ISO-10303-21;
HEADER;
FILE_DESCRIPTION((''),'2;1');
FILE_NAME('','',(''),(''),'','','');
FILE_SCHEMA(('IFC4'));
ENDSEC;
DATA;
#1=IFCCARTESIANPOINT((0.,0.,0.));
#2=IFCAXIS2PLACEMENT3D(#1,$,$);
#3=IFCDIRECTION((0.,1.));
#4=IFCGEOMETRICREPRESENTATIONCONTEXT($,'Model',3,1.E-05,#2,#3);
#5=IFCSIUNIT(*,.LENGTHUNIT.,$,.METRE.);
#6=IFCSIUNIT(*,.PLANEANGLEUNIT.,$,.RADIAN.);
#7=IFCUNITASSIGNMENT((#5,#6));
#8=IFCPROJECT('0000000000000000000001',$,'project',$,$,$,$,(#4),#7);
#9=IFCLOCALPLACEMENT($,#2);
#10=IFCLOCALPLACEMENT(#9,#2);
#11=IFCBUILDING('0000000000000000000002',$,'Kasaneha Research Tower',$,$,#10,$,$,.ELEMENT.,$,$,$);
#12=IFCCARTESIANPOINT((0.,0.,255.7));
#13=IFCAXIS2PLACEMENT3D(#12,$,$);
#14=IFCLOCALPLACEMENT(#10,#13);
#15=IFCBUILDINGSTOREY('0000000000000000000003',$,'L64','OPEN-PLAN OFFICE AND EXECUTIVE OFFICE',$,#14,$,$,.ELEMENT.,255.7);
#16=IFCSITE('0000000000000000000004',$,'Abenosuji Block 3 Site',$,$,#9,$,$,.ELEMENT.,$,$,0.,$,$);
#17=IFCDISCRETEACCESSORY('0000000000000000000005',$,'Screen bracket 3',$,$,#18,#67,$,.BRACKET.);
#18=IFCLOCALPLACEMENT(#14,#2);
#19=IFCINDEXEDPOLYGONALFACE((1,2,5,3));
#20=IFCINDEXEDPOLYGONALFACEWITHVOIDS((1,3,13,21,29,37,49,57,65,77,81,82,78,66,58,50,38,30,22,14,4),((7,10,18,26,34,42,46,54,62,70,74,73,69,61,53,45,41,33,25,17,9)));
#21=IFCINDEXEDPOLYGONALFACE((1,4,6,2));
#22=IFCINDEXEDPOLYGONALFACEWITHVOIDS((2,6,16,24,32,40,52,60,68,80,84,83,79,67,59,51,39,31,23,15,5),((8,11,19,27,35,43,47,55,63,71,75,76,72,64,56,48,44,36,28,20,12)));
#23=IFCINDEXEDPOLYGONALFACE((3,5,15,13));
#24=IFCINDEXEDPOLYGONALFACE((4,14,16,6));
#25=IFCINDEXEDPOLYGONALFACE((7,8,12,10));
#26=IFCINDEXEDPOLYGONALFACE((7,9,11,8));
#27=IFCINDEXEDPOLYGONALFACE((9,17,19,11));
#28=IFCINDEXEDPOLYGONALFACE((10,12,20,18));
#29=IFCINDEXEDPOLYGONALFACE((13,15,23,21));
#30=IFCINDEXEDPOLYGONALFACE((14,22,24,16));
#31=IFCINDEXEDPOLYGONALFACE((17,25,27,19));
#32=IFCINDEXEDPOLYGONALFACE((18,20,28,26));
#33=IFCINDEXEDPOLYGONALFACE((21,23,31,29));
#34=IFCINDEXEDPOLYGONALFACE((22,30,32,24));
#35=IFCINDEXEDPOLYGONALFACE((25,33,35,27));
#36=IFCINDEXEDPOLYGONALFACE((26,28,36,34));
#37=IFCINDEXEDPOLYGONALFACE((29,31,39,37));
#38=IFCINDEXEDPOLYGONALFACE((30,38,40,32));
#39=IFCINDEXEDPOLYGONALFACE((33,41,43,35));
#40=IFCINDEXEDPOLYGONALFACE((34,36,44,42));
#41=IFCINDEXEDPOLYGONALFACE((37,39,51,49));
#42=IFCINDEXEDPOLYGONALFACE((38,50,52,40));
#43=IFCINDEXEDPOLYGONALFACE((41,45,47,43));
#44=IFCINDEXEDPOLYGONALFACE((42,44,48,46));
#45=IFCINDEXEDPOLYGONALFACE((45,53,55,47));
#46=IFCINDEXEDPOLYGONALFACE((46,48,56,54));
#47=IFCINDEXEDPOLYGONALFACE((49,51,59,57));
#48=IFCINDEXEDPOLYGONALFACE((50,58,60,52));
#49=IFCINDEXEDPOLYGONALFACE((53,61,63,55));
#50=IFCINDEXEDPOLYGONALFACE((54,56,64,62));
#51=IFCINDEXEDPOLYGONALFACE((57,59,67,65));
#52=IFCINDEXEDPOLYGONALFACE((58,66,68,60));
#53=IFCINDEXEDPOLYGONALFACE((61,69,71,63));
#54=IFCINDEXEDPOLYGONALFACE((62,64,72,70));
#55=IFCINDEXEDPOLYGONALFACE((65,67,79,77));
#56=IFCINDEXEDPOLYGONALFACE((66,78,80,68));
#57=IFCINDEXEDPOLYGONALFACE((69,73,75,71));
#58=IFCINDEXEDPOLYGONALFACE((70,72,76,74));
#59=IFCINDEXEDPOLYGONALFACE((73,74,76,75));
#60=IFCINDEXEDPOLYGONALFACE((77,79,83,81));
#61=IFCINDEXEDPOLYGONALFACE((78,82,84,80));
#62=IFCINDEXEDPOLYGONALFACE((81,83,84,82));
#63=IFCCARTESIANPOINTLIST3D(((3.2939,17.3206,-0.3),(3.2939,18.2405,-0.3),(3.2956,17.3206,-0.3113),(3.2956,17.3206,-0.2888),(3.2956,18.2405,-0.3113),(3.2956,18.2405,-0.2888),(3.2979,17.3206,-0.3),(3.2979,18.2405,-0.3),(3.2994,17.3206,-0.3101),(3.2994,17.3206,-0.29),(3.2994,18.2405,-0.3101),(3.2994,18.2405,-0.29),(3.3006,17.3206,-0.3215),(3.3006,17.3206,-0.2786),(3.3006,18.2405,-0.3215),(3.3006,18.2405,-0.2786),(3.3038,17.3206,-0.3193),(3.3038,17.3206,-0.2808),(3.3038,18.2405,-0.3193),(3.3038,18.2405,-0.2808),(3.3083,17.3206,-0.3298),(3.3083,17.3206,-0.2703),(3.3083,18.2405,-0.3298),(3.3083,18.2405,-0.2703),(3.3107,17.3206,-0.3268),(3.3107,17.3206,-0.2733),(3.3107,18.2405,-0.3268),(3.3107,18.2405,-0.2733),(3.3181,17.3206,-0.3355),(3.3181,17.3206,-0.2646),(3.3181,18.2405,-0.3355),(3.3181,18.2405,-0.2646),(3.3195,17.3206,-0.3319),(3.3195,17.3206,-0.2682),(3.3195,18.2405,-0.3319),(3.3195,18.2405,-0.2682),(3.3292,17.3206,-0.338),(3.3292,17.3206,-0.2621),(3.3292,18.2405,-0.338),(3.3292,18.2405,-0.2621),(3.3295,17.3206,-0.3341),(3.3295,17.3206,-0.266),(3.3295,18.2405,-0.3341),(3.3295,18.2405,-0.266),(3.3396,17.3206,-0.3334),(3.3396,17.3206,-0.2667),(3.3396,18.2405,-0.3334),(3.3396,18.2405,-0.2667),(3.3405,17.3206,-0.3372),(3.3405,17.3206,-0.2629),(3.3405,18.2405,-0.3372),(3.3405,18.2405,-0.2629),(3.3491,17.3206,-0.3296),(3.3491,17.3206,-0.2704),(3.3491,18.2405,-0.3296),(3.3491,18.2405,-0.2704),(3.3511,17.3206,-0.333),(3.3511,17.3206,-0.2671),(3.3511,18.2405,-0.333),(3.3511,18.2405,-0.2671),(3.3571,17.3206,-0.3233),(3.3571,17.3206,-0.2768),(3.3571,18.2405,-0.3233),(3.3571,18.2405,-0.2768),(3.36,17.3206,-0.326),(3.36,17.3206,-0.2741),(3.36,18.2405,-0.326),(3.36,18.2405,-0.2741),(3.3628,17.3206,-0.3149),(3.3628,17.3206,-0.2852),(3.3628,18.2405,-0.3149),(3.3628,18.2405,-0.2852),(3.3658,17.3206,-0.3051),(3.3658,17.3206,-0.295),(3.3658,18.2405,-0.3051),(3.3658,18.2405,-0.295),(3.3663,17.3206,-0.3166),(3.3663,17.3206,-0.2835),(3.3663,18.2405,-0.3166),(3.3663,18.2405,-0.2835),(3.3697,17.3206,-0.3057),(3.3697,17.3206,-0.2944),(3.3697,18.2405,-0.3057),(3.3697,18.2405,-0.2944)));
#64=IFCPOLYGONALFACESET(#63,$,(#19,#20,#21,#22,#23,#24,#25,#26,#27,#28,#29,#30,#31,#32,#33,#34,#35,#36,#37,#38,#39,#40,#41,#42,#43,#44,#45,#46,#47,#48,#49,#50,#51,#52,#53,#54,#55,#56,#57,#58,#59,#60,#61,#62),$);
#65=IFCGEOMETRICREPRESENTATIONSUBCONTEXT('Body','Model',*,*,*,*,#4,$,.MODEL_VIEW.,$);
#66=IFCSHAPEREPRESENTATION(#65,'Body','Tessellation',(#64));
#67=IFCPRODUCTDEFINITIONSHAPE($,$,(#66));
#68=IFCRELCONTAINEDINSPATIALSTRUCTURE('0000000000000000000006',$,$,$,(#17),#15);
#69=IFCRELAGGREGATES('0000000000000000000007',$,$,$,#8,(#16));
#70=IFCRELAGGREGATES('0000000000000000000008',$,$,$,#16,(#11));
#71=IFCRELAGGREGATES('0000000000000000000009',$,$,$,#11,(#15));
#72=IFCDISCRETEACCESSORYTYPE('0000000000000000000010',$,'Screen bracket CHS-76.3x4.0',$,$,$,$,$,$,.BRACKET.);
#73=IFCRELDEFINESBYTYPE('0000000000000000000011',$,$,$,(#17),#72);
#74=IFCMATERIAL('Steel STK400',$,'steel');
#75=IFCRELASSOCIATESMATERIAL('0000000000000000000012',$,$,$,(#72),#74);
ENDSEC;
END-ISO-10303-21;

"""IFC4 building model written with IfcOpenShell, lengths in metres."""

from ifc_helpers import new_model, si_unit, direction, frame, origin, origin_2d, place, context, subcontext, project, spatial, hollow_circle, extrude, material, material_profile, profile_set, type_object, element, save


model = new_model("IFC4")

# Units and contexts
model_context = context("Model", 3, precision=1e-05, world=origin(), true_north=direction((0.0, 1.0)))
body_context = subcontext(model_context, "Body", "Model", "MODEL_VIEW")
ifc_project = project(units=[si_unit("LENGTHUNIT", "METRE"), si_unit("PLANEANGLEUNIT", "RADIAN")], contexts=[model_context])

# Site, building, storey
site_placement = place(None, origin())
site = spatial("IfcSite", under=ifc_project, at=site_placement, Name="Abenosuji Block 3 Site", CompositionType="ELEMENT", RefElevation=0.0)
building_placement = place(site_placement, origin())
building = spatial("IfcBuilding", under=site, at=building_placement, Name="Kasaneha Research Tower", CompositionType="ELEMENT")
storey_placement = place(building_placement, frame((0.0, 0.0, 255.7)))
storey = spatial("IfcBuildingStorey", under=building, at=storey_placement, Name="L64", Description="OPEN-PLAN OFFICE AND EXECUTIVE OFFICE", CompositionType="ELEMENT", Elevation=255.7)

# Discrete accessory
ifc_material_1 = material(Name="Steel STK400", Category="steel")
ifc_material_profile_1 = material_profile(ifc_material_1, hollow_circle(Radius=0.0381, WallThickness=0.0039, at=origin_2d()), Name="CHS-76.3x4.0")
ifc_profile_set_1 = profile_set([ifc_material_profile_1], Name="Steel STK400")
discrete_accessory_type = type_object("IfcDiscreteAccessoryType", Name="Screen bracket CHS-76.3x4.0", PredefinedType="BRACKET", material=ifc_profile_set_1)
for number, where, z_axis, x_axis, name in (
    (1, (3.332, 17.3206, -0.3), (0.0, 1.0, 0.0), (-1.0, 0.0, 0.0), "Screen bracket 3"),
):
    element("IfcDiscreteAccessory", number, at=place(storey_placement, frame(where, z_axis=z_axis, x_axis=x_axis)), inside=storey, type_object=discrete_accessory_type, Name=name, PredefinedType="BRACKET", context=body_context, shape_type="SweptSolid", body=[
        extrude(hollow_circle(Radius=0.0381, WallThickness=0.0039, at=origin_2d()), origin(), (0.0, 0.0, 1.0), 0.9199),
    ])

save(model, "model.ifc")
